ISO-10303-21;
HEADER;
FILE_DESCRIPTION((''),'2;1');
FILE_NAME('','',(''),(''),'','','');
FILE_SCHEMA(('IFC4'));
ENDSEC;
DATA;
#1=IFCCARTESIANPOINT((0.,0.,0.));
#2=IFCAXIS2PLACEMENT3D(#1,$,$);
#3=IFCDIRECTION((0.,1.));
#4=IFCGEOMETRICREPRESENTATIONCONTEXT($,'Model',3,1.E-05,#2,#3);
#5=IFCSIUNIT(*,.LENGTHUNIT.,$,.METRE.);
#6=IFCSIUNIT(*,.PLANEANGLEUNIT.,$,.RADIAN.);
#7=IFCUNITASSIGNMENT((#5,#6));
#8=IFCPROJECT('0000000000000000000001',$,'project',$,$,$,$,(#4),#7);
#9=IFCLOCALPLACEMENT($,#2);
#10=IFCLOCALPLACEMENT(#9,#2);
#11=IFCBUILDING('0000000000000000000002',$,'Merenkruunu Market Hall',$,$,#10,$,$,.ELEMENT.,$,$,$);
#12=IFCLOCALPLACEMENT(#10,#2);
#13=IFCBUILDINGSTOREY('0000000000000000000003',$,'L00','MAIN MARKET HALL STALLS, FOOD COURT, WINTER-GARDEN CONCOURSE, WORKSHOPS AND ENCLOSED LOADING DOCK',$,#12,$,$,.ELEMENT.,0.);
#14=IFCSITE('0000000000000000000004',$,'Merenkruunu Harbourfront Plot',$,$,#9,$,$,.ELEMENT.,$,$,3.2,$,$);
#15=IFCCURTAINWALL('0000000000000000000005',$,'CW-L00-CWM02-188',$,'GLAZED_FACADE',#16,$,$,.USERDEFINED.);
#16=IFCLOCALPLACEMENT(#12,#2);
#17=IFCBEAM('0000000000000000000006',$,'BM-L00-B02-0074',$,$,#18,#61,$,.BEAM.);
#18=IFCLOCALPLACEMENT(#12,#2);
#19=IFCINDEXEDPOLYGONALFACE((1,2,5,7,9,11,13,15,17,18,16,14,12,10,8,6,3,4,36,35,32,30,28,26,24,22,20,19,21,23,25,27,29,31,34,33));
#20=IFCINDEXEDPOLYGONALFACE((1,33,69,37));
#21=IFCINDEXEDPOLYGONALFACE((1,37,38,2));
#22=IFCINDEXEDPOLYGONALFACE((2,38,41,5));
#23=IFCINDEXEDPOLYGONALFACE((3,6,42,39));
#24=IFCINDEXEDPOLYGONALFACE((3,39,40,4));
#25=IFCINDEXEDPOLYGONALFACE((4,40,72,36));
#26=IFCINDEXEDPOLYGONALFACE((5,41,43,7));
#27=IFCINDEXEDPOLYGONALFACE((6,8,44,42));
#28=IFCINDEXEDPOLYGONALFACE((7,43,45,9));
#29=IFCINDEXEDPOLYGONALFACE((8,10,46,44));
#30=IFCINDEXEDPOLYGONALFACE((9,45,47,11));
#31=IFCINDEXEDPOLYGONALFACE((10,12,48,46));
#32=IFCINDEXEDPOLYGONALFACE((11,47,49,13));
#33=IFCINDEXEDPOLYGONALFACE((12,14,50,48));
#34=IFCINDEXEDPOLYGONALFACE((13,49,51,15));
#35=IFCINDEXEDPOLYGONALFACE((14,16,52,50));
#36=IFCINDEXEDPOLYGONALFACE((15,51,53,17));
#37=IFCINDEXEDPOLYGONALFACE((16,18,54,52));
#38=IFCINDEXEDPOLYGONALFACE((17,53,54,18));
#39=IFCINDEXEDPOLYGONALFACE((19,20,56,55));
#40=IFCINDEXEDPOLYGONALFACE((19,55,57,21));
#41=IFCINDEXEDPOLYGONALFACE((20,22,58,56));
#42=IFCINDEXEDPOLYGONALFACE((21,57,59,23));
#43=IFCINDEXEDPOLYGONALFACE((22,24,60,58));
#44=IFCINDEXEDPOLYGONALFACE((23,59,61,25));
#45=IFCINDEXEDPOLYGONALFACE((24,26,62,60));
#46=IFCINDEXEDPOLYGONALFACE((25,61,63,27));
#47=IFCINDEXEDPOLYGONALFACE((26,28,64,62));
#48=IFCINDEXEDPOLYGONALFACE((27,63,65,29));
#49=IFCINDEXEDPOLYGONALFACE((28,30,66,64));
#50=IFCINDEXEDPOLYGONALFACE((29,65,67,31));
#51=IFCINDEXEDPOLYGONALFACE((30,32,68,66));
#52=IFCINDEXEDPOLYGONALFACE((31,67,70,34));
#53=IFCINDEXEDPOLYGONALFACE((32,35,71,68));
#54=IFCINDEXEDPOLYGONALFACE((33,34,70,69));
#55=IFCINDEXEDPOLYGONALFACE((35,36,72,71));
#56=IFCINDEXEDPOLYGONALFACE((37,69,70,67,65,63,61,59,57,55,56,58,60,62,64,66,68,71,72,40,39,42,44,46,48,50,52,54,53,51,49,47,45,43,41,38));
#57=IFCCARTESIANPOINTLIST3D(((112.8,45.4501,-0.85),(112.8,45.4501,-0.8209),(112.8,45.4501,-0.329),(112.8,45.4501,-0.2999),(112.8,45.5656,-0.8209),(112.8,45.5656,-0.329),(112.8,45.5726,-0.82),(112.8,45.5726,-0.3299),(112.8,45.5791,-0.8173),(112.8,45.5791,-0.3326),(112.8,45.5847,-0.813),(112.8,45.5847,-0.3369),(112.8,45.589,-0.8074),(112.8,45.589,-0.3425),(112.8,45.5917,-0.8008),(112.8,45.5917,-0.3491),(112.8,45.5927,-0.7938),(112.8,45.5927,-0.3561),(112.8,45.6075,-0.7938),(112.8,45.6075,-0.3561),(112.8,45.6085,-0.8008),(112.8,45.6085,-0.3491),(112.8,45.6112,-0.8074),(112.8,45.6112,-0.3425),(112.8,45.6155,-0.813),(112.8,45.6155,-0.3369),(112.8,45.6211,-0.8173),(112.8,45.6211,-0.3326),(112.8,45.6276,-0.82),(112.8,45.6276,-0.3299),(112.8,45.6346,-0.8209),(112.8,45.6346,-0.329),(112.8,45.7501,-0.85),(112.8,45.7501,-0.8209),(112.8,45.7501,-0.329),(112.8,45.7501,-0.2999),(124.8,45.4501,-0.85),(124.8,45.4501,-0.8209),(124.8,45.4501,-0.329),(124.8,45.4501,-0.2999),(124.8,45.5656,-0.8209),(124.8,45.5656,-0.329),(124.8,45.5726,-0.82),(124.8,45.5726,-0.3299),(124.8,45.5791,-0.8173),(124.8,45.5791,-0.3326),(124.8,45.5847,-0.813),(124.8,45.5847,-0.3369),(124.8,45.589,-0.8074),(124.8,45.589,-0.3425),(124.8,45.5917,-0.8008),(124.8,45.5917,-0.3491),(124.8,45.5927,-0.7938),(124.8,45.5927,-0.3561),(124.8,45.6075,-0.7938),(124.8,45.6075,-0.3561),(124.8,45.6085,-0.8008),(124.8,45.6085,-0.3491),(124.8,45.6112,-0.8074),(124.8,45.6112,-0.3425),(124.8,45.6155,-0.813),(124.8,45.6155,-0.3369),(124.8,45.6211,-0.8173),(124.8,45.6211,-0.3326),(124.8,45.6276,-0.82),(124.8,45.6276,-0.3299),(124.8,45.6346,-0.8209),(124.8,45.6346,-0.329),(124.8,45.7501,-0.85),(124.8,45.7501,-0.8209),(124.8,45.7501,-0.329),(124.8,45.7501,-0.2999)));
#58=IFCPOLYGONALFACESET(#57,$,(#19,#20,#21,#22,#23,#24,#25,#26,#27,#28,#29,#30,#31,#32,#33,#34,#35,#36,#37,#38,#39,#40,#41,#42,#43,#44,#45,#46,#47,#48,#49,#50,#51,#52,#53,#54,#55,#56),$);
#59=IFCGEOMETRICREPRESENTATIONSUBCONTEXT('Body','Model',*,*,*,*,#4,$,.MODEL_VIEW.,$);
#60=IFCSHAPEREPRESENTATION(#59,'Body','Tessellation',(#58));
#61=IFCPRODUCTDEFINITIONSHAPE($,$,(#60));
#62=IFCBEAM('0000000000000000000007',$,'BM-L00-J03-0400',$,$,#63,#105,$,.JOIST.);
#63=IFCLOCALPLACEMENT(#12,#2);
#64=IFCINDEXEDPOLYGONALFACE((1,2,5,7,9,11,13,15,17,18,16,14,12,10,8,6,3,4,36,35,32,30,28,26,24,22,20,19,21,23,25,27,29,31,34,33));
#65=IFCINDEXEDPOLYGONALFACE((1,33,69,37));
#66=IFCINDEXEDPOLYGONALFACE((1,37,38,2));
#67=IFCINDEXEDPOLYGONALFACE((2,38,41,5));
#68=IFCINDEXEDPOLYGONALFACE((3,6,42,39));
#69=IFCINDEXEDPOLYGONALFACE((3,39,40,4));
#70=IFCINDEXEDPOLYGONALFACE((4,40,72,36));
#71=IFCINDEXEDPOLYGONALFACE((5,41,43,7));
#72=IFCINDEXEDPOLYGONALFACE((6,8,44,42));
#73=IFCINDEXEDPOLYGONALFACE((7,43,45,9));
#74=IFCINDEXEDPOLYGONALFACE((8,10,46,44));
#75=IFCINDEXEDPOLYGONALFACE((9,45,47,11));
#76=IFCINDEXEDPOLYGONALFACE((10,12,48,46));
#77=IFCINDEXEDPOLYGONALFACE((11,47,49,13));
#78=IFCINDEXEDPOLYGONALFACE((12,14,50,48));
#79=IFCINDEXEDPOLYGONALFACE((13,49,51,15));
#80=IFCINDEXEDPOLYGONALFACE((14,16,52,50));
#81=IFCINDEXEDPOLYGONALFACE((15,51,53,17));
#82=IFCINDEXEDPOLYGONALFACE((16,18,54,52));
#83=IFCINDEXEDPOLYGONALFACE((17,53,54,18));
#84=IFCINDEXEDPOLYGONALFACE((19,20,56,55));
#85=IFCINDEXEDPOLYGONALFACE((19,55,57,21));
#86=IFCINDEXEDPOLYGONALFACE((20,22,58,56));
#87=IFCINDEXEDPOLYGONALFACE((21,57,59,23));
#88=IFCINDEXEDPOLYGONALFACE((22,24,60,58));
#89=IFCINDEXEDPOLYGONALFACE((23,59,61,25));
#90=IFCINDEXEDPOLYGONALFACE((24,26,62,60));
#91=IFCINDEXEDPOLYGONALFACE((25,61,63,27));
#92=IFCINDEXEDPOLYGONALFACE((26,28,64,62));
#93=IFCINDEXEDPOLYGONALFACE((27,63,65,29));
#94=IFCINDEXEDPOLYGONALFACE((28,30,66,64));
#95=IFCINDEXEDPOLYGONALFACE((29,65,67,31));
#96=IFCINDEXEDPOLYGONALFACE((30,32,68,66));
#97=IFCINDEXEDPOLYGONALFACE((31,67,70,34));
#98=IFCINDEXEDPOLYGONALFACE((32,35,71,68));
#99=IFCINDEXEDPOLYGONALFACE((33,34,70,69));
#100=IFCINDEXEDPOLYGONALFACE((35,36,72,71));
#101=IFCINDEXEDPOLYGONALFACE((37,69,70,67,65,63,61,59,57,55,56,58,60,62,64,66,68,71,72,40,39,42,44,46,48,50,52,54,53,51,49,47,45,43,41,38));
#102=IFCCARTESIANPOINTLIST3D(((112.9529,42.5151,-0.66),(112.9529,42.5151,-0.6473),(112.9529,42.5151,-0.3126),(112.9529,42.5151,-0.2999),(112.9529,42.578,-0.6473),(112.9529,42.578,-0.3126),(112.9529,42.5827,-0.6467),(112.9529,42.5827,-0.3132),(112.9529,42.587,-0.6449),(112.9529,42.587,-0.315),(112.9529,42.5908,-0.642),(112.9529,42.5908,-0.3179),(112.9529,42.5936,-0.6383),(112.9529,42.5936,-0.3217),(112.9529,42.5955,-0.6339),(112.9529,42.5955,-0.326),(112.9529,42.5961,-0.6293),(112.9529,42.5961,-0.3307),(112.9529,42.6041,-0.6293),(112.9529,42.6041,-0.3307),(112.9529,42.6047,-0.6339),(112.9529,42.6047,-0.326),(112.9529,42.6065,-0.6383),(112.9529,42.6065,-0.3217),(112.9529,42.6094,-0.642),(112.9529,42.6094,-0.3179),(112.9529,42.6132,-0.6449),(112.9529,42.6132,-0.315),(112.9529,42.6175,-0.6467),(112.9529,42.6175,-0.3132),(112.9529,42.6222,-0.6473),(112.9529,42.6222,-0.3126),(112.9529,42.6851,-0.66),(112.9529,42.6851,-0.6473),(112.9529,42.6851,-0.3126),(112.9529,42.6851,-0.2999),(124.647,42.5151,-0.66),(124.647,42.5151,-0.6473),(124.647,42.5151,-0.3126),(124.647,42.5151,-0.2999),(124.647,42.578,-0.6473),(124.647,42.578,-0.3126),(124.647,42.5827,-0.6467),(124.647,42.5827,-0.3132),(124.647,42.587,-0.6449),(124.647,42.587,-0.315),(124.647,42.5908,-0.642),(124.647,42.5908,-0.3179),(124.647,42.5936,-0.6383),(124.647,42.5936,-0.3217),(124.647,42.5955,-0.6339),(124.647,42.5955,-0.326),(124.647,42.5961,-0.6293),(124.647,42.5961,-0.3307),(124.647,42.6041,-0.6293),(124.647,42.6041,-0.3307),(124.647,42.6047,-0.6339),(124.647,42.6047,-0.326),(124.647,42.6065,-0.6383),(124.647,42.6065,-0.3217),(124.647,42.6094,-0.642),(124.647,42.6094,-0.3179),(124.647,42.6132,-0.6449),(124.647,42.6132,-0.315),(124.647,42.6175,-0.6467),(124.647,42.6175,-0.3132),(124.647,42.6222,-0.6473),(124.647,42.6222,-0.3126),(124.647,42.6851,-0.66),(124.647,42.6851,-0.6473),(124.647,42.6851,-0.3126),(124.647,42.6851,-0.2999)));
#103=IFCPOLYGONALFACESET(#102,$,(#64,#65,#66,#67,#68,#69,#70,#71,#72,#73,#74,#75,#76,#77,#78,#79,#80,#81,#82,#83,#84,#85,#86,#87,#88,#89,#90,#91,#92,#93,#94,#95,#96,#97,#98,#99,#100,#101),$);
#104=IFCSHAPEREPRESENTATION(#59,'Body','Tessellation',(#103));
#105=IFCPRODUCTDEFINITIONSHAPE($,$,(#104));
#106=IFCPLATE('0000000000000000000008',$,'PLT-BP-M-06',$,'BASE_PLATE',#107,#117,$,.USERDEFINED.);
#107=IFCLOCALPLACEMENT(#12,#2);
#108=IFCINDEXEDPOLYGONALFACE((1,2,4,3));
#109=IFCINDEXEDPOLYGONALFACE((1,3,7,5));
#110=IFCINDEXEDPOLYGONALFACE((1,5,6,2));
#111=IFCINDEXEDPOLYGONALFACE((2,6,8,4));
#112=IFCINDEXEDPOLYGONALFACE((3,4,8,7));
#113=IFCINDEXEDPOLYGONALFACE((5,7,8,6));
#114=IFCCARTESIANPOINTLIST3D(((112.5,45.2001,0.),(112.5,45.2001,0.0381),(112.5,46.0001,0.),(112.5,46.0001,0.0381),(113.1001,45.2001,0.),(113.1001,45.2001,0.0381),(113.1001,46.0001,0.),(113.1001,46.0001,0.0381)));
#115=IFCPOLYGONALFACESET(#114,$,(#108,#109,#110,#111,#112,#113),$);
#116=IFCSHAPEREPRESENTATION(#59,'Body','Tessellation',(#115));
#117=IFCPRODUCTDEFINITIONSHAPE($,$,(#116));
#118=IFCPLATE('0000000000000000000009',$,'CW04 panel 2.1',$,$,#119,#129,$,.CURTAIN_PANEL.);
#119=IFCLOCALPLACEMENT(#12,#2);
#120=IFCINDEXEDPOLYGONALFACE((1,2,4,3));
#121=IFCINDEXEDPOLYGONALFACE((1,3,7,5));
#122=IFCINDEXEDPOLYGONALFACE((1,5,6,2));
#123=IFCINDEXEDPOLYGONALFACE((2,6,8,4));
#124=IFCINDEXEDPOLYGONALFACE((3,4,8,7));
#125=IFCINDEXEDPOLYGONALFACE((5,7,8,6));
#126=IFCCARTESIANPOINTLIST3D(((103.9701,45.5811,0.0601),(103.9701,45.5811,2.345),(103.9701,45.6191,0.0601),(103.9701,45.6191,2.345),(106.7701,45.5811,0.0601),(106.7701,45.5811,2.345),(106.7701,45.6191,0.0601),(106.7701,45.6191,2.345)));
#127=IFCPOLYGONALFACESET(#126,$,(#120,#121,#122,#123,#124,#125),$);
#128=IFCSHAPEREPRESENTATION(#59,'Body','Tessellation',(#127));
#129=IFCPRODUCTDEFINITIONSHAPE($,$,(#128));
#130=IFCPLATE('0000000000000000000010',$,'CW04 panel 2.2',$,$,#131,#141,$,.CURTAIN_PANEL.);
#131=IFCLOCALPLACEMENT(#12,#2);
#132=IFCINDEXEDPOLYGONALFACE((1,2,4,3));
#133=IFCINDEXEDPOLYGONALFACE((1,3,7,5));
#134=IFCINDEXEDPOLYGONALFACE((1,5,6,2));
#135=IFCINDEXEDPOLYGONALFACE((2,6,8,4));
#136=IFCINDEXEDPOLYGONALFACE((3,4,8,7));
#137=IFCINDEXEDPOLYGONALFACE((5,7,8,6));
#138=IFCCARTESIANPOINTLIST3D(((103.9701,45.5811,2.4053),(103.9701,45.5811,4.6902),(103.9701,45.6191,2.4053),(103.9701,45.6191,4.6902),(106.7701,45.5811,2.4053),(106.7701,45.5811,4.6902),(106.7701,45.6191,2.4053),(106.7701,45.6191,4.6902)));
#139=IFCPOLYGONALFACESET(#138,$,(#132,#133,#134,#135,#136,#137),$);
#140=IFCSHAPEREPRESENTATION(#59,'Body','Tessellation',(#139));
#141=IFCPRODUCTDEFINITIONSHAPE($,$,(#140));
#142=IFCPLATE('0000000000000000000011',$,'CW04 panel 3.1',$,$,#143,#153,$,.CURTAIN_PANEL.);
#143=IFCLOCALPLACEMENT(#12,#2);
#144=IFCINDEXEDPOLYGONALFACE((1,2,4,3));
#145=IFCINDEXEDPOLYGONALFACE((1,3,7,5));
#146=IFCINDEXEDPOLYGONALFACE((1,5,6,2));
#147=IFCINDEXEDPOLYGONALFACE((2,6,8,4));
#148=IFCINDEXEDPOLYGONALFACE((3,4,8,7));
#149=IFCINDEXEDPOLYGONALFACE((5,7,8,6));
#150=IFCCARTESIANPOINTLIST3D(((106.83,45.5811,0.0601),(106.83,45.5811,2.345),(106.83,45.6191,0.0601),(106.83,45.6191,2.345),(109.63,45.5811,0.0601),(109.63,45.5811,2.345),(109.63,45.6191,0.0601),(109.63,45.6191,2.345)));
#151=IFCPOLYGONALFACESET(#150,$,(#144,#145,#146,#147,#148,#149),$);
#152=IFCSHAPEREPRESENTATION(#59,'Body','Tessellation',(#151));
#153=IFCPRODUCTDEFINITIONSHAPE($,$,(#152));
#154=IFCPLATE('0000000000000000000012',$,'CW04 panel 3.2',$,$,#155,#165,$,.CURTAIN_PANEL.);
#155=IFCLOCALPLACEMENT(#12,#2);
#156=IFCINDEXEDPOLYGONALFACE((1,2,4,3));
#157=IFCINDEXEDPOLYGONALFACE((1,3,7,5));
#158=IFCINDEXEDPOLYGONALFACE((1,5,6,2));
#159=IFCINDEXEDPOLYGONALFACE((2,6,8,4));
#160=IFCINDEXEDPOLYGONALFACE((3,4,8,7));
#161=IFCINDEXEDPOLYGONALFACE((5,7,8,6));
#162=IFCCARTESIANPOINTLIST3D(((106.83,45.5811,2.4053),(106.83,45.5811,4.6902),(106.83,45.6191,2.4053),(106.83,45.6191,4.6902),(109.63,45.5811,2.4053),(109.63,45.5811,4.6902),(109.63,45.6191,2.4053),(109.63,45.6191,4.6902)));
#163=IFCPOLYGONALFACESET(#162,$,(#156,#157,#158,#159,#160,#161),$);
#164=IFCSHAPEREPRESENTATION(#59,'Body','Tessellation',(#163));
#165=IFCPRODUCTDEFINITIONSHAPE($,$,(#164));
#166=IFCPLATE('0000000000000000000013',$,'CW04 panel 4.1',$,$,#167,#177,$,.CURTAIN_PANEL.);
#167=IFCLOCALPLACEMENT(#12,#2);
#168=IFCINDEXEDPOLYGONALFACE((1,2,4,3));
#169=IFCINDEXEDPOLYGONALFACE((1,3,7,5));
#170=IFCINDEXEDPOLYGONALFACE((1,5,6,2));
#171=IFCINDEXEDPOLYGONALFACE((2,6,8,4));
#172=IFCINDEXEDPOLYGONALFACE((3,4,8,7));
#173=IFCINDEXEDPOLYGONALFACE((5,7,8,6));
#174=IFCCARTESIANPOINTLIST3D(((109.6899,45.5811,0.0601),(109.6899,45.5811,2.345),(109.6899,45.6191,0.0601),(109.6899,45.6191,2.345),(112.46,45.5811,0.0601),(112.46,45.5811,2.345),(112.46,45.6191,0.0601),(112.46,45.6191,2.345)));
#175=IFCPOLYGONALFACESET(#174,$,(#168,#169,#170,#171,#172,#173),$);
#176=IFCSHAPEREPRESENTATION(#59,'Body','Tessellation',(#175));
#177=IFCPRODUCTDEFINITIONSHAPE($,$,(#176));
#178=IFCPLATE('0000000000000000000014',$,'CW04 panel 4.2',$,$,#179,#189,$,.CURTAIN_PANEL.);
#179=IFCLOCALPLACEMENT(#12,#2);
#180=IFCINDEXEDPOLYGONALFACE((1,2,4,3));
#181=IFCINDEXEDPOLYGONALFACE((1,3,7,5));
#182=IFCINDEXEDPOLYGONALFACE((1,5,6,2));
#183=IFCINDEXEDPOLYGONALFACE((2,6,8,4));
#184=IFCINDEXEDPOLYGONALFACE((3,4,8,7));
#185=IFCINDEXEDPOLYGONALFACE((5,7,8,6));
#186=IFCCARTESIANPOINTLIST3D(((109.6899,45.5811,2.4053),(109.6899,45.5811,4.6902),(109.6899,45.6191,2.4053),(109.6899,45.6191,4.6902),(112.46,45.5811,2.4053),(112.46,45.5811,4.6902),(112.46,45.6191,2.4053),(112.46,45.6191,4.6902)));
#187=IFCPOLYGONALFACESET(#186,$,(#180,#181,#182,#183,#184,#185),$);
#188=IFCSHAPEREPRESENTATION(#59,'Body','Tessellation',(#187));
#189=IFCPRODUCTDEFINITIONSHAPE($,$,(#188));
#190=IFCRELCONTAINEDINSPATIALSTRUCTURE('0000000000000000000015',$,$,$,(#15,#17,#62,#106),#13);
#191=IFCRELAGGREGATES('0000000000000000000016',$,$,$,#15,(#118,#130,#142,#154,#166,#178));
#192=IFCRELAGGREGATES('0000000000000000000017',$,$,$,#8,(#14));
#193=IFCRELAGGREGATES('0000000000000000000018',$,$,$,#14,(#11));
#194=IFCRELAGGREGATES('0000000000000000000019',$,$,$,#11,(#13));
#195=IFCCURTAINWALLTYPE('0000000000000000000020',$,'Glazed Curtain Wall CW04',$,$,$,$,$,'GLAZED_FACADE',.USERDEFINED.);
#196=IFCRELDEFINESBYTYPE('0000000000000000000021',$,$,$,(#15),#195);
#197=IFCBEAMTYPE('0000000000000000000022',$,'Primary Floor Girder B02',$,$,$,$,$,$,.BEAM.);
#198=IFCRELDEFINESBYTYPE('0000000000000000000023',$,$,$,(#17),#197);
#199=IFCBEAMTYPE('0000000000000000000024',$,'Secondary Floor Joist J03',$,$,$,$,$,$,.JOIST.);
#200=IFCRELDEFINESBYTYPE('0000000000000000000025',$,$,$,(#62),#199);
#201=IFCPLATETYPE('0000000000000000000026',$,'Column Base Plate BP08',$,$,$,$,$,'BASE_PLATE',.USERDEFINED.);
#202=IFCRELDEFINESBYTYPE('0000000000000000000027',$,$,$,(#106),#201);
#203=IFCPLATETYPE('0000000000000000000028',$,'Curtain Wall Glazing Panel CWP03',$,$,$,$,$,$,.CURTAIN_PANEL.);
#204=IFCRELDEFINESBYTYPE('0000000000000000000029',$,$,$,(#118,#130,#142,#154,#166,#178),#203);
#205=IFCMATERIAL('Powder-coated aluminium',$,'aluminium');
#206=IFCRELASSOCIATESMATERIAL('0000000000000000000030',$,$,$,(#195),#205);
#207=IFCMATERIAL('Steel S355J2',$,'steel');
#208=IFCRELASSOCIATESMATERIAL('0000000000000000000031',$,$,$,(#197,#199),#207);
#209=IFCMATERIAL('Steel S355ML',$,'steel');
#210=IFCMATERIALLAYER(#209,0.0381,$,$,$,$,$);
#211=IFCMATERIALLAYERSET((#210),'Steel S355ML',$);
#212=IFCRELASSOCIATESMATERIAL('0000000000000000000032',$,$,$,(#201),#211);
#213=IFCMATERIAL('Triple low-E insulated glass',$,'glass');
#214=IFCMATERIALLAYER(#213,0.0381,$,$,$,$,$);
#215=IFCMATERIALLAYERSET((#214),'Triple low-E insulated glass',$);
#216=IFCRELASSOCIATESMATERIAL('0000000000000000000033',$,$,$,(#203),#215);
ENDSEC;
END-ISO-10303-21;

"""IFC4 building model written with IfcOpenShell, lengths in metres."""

from ifc_helpers import new_model, si_unit, direction, frame, origin, origin_2d, place, context, subcontext, project, spatial, rectangle, i_section, extrude, material, layer, layer_set, material_profile, profile_set, type_object, element, aggregate, save


model = new_model("IFC4")

# Units and contexts
model_context = context("Model", 3, precision=1e-05, world=origin(), true_north=direction((0.0, 1.0)))
body_context = subcontext(model_context, "Body", "Model", "MODEL_VIEW")
ifc_project = project(units=[si_unit("LENGTHUNIT", "METRE"), si_unit("PLANEANGLEUNIT", "RADIAN")], contexts=[model_context])

# Site, building, storey
site_placement = place(None, origin())
site = spatial("IfcSite", under=ifc_project, at=site_placement, Name="Merenkruunu Harbourfront Plot", CompositionType="ELEMENT", RefElevation=3.2)
building_placement = place(site_placement, origin())
building = spatial("IfcBuilding", under=site, at=building_placement, Name="Merenkruunu Market Hall", CompositionType="ELEMENT")
storey_placement = place(building_placement, origin())
storey = spatial("IfcBuildingStorey", under=building, at=storey_placement, Name="L00", Description="MAIN MARKET HALL STALLS, FOOD COURT, WINTER-GARDEN CONCOURSE, WORKSHOPS AND ENCLOSED LOADING DOCK", CompositionType="ELEMENT", Elevation=0.0)

# Shared definitions
ifc_material_1 = material(Name="Steel S355J2", Category="steel")

# Curtain wall
ifc_material_2 = material(Name="Powder-coated aluminium", Category="aluminium")
curtain_wall_type = type_object("IfcCurtainWallType", Name="Glazed Curtain Wall CW04", ElementType="GLAZED_FACADE", PredefinedType="USERDEFINED", material=ifc_material_2)
curtain_wall_1_placement = place(storey_placement, origin())
curtain_wall_1 = element("IfcCurtainWall", 1, at=curtain_wall_1_placement, inside=storey, type_object=curtain_wall_type, Name="CW-L00-CWM02-188", ObjectType="GLAZED_FACADE", PredefinedType="USERDEFINED")

# Beams
ifc_material_profile_1 = material_profile(ifc_material_1, i_section(OverallWidth=0.3, OverallDepth=0.55, WebThickness=0.0149, FlangeThickness=0.0291, FilletRadius=0.0271, at=origin_2d()), Name="HEB 550")
ifc_profile_set_1 = profile_set([ifc_material_profile_1], Name="Steel S355J2")
beam_type_1 = type_object("IfcBeamType", Name="Primary Floor Girder B02", PredefinedType="BEAM", material=ifc_profile_set_1)
beam_1_placement = place(storey_placement, frame((112.8, 45.6001, -0.575), z_axis=(1.0, 0.0, 0.0), x_axis=(0.0, 1.0, 0.0)))
element("IfcBeam", 2, at=beam_1_placement, inside=storey, type_object=beam_type_1, Name="BM-L00-B02-0074", PredefinedType="BEAM", context=body_context, shape_type="SweptSolid", body=[
    extrude(i_section(OverallWidth=0.3, OverallDepth=0.55, WebThickness=0.0149, FlangeThickness=0.0291, FilletRadius=0.0271, at=origin_2d()), origin(), (0.0, 0.0, 1.0), 12.0),
])
ifc_material_profile_2 = material_profile(ifc_material_1, i_section(OverallWidth=0.1699, OverallDepth=0.3601, WebThickness=0.0081, FlangeThickness=0.0127, FilletRadius=0.0181, at=origin_2d()), Name="IPE 360")
ifc_profile_set_2 = profile_set([ifc_material_profile_2], Name="Steel S355J2")
beam_type_2 = type_object("IfcBeamType", Name="Secondary Floor Joist J03", PredefinedType="JOIST", material=ifc_profile_set_2)
beam_2_placement = place(storey_placement, frame((112.9529, 42.6001, -0.48), z_axis=(1.0, 0.0, 0.0), x_axis=(0.0, 1.0, 0.0)))
element("IfcBeam", 3, at=beam_2_placement, inside=storey, type_object=beam_type_2, Name="BM-L00-J03-0400", PredefinedType="JOIST", context=body_context, shape_type="SweptSolid", body=[
    extrude(i_section(OverallWidth=0.1699, OverallDepth=0.3601, WebThickness=0.0081, FlangeThickness=0.0127, FilletRadius=0.0181, at=origin_2d()), origin(), (0.0, 0.0, 1.0), 11.6941),
])

# Plates
ifc_material_3 = material(Name="Steel S355ML", Category="steel")
ifc_layer_1 = layer(ifc_material_3, 0.0381)
ifc_layer_set_1 = layer_set([ifc_layer_1], Name="Steel S355ML")
plate_type_1 = type_object("IfcPlateType", Name="Column Base Plate BP08", ElementType="BASE_PLATE", PredefinedType="USERDEFINED", material=ifc_layer_set_1)
plate_1_placement = place(storey_placement, frame((112.8, 45.6001, 0.0), z_axis=(0.0, 0.0, 1.0), x_axis=(1.0, 0.0, 0.0)))
element("IfcPlate", 4, at=plate_1_placement, inside=storey, type_object=plate_type_1, Name="PLT-BP-M-06", ObjectType="BASE_PLATE", PredefinedType="USERDEFINED", context=body_context, shape_type="SweptSolid", body=[
    extrude(rectangle(XDim=0.6001, YDim=0.8, at=origin_2d()), origin(), (0.0, 0.0, 1.0), 0.0381),
])
ifc_material_4 = material(Name="Triple low-E insulated glass", Category="glass")
ifc_layer_2 = layer(ifc_material_4, 0.0381)
ifc_layer_set_2 = layer_set([ifc_layer_2], Name="Triple low-E insulated glass")
plate_type_2 = type_object("IfcPlateType", Name="Curtain Wall Glazing Panel CWP03", PredefinedType="CURTAIN_PANEL", material=ifc_layer_set_2)
plate_2_placement = place(storey_placement, frame((105.3701, 45.6001, 0.0601), z_axis=(0.0, 0.0, 1.0), x_axis=(1.0, 0.0, 0.0)))
plate_2 = element("IfcPlate", 5, at=plate_2_placement, type_object=plate_type_2, Name="CW04 panel 2.1", PredefinedType="CURTAIN_PANEL", context=body_context, shape_type="SweptSolid", body=[
    extrude(rectangle(XDim=2.8, YDim=0.0381, at=origin_2d()), origin(), (0.0, 0.0, 1.0), 2.2849),
])
plate_3_placement = place(storey_placement, frame((105.3701, 45.6001, 2.4053), z_axis=(0.0, 0.0, 1.0), x_axis=(1.0, 0.0, 0.0)))
plate_3 = element("IfcPlate", 6, at=plate_3_placement, type_object=plate_type_2, Name="CW04 panel 2.2", PredefinedType="CURTAIN_PANEL", context=body_context, shape_type="SweptSolid", body=[
    extrude(rectangle(XDim=2.8, YDim=0.0381, at=origin_2d()), origin(), (0.0, 0.0, 1.0), 2.2849),
])
plate_4_placement = place(storey_placement, frame((108.23, 45.6001, 0.0601), z_axis=(0.0, 0.0, 1.0), x_axis=(1.0, 0.0, 0.0)))
plate_4 = element("IfcPlate", 7, at=plate_4_placement, type_object=plate_type_2, Name="CW04 panel 3.1", PredefinedType="CURTAIN_PANEL", context=body_context, shape_type="SweptSolid", body=[
    extrude(rectangle(XDim=2.8, YDim=0.0381, at=origin_2d()), origin(), (0.0, 0.0, 1.0), 2.2849),
])
plate_5_placement = place(storey_placement, frame((108.23, 45.6001, 2.4053), z_axis=(0.0, 0.0, 1.0), x_axis=(1.0, 0.0, 0.0)))
plate_5 = element("IfcPlate", 8, at=plate_5_placement, type_object=plate_type_2, Name="CW04 panel 3.2", PredefinedType="CURTAIN_PANEL", context=body_context, shape_type="SweptSolid", body=[
    extrude(rectangle(XDim=2.8, YDim=0.0381, at=origin_2d()), origin(), (0.0, 0.0, 1.0), 2.2849),
])
plate_6_placement = place(storey_placement, frame((111.075, 45.6001, 0.0601), z_axis=(0.0, 0.0, 1.0), x_axis=(1.0, 0.0, 0.0)))
plate_6 = element("IfcPlate", 9, at=plate_6_placement, type_object=plate_type_2, Name="CW04 panel 4.1", PredefinedType="CURTAIN_PANEL", context=body_context, shape_type="SweptSolid", body=[
    extrude(rectangle(XDim=2.77, YDim=0.0381, at=origin_2d()), origin(), (0.0, 0.0, 1.0), 2.2849),
])
plate_7_placement = place(storey_placement, frame((111.075, 45.6001, 2.4053), z_axis=(0.0, 0.0, 1.0), x_axis=(1.0, 0.0, 0.0)))
plate_7 = element("IfcPlate", 10, at=plate_7_placement, type_object=plate_type_2, Name="CW04 panel 4.2", PredefinedType="CURTAIN_PANEL", context=body_context, shape_type="SweptSolid", body=[
    extrude(rectangle(XDim=2.77, YDim=0.0381, at=origin_2d()), origin(), (0.0, 0.0, 1.0), 2.2849),
])
aggregate(curtain_wall_1, [plate_2, plate_3, plate_4, plate_5, plate_6, plate_7])

save(model, "model.ifc")
